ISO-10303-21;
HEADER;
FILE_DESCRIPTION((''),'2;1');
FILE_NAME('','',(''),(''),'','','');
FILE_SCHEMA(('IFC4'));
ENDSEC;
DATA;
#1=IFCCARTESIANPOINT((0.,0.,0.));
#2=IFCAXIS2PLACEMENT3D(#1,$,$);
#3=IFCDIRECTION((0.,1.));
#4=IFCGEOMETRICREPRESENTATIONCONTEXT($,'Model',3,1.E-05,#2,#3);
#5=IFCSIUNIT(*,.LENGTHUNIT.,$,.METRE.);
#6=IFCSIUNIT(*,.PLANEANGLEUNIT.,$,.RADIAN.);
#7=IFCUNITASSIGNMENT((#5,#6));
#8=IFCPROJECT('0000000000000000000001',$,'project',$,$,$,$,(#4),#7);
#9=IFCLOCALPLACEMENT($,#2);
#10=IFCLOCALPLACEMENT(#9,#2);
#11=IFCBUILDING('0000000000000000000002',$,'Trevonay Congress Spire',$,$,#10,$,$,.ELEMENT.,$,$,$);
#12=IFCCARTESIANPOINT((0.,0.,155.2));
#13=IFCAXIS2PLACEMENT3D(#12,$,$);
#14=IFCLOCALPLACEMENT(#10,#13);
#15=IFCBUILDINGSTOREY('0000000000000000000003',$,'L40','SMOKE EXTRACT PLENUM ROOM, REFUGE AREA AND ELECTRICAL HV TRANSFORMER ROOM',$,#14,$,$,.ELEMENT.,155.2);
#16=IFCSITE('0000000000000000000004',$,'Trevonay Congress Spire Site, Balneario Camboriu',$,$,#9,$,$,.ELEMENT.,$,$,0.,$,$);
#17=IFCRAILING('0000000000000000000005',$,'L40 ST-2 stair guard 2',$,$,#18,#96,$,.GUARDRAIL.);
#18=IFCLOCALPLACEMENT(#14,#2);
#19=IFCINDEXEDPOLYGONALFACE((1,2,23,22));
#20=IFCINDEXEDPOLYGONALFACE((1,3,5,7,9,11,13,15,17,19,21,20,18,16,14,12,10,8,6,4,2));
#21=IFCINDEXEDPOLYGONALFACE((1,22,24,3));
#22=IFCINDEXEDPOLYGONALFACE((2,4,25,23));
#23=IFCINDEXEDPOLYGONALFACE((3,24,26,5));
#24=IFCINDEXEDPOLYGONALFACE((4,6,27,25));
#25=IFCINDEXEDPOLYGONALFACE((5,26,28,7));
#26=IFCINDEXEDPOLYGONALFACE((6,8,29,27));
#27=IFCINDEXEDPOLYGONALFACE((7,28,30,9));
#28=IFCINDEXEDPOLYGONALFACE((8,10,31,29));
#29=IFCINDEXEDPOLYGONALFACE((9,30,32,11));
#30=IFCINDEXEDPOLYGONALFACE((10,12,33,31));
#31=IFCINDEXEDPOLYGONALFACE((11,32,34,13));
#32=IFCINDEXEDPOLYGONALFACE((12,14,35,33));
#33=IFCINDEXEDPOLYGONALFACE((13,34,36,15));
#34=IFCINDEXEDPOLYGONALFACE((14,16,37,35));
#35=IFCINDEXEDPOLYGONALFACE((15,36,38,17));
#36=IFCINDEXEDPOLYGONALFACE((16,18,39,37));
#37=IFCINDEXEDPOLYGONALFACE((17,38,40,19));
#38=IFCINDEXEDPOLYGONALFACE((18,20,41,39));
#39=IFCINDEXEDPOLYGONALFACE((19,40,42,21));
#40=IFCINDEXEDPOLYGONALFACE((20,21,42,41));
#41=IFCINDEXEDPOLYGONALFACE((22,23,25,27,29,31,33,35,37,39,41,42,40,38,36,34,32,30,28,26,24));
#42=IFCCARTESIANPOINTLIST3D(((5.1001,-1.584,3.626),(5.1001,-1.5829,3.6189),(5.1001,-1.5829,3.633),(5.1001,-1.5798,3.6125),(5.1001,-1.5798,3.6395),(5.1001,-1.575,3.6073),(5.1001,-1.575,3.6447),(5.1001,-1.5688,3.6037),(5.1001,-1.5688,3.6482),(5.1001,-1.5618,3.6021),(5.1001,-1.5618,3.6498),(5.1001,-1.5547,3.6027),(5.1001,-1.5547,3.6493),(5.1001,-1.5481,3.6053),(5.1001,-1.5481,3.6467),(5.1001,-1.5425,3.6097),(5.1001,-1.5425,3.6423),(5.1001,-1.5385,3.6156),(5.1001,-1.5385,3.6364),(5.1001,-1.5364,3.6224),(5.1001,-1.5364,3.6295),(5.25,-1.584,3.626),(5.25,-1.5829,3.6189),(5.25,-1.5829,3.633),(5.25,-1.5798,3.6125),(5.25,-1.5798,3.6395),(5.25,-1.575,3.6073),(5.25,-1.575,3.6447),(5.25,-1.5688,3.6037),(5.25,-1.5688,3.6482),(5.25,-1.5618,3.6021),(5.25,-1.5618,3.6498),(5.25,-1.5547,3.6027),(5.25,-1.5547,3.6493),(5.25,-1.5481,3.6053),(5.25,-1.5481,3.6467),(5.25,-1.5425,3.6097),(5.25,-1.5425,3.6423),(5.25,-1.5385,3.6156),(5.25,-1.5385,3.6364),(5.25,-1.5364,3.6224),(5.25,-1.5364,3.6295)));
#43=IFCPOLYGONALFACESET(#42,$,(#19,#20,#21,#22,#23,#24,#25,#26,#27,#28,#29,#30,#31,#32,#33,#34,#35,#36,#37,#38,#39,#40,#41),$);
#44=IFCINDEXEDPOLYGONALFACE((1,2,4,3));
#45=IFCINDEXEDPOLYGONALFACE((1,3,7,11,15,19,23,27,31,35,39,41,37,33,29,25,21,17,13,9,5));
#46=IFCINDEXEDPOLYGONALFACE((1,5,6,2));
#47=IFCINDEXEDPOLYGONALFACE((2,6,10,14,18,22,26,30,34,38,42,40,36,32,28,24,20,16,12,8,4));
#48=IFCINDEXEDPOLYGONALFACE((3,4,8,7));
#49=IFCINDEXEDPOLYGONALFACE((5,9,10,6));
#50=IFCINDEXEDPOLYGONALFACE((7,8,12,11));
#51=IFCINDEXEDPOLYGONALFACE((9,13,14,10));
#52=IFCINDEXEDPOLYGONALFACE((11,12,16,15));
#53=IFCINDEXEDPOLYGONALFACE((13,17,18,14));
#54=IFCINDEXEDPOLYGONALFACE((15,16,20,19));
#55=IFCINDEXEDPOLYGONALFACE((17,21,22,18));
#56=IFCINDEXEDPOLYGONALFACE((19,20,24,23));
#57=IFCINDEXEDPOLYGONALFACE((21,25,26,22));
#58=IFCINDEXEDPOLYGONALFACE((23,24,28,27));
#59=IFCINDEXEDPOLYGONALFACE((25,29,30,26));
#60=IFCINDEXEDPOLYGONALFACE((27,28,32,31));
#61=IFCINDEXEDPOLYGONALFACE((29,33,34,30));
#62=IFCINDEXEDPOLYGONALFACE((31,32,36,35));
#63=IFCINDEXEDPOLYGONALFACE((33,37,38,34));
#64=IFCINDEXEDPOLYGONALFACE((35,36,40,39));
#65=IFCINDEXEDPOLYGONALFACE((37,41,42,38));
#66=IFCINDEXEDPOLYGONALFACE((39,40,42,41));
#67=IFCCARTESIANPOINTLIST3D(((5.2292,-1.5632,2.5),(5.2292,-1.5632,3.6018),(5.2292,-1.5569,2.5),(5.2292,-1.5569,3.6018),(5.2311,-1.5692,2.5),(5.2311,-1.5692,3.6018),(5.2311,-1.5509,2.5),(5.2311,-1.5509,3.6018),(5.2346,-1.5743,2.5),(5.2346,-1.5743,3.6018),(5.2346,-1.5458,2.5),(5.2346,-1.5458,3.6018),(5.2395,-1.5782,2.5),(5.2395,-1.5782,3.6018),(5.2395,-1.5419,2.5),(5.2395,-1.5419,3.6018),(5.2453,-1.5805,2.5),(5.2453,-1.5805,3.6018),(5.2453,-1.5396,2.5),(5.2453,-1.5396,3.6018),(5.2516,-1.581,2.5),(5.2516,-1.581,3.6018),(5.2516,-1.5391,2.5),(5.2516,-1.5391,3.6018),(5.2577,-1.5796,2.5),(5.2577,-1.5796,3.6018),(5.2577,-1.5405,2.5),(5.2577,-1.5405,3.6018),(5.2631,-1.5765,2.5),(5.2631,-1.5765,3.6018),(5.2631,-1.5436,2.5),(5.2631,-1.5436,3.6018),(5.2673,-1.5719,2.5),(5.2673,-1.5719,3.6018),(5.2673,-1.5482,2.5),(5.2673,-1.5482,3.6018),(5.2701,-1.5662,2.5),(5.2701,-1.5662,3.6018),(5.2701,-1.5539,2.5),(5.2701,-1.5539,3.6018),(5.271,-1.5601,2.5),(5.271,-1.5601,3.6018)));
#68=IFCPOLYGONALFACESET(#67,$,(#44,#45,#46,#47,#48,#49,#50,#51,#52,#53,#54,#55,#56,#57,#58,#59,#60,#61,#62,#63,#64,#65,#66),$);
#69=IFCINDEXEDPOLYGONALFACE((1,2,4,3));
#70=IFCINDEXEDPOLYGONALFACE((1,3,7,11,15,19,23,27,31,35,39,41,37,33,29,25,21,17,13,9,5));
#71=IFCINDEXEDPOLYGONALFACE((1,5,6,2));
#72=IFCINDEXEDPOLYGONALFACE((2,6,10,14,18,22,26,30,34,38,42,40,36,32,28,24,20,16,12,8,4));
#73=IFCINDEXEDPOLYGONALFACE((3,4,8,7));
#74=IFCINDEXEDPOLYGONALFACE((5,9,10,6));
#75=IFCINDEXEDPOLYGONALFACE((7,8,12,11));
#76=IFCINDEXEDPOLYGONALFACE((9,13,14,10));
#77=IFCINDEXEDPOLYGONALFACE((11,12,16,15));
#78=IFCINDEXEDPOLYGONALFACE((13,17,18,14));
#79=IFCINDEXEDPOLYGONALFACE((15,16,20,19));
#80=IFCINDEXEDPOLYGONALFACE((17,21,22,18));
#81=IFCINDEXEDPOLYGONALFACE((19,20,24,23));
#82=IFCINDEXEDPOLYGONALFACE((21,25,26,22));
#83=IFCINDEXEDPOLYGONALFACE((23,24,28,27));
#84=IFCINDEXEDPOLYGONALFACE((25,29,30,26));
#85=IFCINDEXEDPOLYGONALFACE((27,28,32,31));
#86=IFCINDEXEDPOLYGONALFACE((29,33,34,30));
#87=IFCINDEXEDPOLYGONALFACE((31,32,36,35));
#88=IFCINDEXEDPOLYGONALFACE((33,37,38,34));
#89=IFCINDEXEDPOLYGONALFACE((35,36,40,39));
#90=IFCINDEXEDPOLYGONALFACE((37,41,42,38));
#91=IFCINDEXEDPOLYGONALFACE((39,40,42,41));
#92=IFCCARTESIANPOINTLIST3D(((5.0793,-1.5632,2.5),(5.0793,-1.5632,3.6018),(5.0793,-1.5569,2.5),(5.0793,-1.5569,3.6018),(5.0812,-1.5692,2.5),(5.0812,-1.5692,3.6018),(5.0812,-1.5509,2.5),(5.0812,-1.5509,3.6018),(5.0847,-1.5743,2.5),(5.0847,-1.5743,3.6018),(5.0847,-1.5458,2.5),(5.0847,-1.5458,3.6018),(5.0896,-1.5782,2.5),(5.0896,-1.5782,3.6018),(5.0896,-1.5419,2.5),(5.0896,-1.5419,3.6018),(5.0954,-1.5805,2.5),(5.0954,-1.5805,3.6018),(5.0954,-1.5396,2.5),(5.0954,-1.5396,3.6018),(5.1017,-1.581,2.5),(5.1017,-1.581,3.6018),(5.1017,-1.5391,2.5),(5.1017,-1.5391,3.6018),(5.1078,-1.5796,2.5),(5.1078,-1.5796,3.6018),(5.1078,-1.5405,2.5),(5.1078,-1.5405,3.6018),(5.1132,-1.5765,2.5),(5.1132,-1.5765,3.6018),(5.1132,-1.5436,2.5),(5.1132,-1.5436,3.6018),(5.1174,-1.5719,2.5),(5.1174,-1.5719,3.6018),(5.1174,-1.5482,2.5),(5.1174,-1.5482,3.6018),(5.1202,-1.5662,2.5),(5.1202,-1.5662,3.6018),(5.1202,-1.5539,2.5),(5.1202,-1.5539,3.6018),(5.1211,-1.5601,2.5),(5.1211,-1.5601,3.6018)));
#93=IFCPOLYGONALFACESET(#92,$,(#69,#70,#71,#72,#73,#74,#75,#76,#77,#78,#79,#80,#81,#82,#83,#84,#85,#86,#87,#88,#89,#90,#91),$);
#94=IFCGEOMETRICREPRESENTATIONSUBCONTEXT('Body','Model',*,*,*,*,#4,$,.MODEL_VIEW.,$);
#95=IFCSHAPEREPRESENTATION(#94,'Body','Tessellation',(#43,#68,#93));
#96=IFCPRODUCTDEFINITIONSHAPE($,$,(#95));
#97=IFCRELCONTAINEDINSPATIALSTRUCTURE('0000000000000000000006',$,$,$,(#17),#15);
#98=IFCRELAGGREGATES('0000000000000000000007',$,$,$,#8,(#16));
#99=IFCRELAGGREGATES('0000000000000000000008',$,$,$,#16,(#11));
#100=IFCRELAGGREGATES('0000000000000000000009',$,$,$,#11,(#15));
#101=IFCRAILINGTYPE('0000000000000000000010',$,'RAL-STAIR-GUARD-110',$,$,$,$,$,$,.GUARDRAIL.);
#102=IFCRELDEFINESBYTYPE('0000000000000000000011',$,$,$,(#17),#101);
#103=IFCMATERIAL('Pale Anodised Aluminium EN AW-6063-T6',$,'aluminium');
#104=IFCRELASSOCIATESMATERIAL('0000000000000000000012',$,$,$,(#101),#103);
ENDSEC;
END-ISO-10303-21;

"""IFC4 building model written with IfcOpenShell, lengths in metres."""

from ifc_helpers import new_model, si_unit, direction, frame, origin, origin_2d, place, context, subcontext, project, spatial, circle, extrude, material, type_object, element, save


model = new_model("IFC4")

# Units and contexts
model_context = context("Model", 3, precision=1e-05, world=origin(), true_north=direction((0.0, 1.0)))
body_context = subcontext(model_context, "Body", "Model", "MODEL_VIEW")
ifc_project = project(units=[si_unit("LENGTHUNIT", "METRE"), si_unit("PLANEANGLEUNIT", "RADIAN")], contexts=[model_context])

# Site, building, storey
site_placement = place(None, origin())
site = spatial("IfcSite", under=ifc_project, at=site_placement, Name="Trevonay Congress Spire Site, Balneario Camboriu", CompositionType="ELEMENT", RefElevation=0.0)
building_placement = place(site_placement, origin())
building = spatial("IfcBuilding", under=site, at=building_placement, Name="Trevonay Congress Spire", CompositionType="ELEMENT")
storey_placement = place(building_placement, frame((0.0, 0.0, 155.2)))
storey = spatial("IfcBuildingStorey", under=building, at=storey_placement, Name="L40", Description="SMOKE EXTRACT PLENUM ROOM, REFUGE AREA AND ELECTRICAL HV TRANSFORMER ROOM", CompositionType="ELEMENT", Elevation=155.2)

# Shared definitions
ifc_material_1 = material(Name="Pale Anodised Aluminium EN AW-6063-T6", Category="aluminium")

# Railing
railing_type_1 = type_object("IfcRailingType", Name="RAL-STAIR-GUARD-110", PredefinedType="GUARDRAIL", material=ifc_material_1)
railing_1_placement = place(storey_placement, frame((5.25, -1.5601, 2.5)))
element("IfcRailing", 1, at=railing_1_placement, inside=storey, type_object=railing_type_1, Name="L40 ST-2 stair guard 2", PredefinedType="GUARDRAIL", context=body_context, shape_type="SweptSolid", body=[
    extrude(circle(Radius=0.0239, at=origin_2d()), frame((0.0, 0.0, 1.126), z_axis=(-1.0, 0.0, 0.0), x_axis=(0.0, -1.0, 0.0)), (0.0, 0.0, 1.0), 0.1499),
    extrude(circle(Radius=0.021, at=origin_2d()), origin(), (0.0, 0.0, 1.0), 1.1018),
    extrude(circle(Radius=0.021, at=origin_2d()), frame((-0.1499, 0.0, 0.0)), (0.0, 0.0, 1.0), 1.1018),
])

save(model, "model.ifc")
